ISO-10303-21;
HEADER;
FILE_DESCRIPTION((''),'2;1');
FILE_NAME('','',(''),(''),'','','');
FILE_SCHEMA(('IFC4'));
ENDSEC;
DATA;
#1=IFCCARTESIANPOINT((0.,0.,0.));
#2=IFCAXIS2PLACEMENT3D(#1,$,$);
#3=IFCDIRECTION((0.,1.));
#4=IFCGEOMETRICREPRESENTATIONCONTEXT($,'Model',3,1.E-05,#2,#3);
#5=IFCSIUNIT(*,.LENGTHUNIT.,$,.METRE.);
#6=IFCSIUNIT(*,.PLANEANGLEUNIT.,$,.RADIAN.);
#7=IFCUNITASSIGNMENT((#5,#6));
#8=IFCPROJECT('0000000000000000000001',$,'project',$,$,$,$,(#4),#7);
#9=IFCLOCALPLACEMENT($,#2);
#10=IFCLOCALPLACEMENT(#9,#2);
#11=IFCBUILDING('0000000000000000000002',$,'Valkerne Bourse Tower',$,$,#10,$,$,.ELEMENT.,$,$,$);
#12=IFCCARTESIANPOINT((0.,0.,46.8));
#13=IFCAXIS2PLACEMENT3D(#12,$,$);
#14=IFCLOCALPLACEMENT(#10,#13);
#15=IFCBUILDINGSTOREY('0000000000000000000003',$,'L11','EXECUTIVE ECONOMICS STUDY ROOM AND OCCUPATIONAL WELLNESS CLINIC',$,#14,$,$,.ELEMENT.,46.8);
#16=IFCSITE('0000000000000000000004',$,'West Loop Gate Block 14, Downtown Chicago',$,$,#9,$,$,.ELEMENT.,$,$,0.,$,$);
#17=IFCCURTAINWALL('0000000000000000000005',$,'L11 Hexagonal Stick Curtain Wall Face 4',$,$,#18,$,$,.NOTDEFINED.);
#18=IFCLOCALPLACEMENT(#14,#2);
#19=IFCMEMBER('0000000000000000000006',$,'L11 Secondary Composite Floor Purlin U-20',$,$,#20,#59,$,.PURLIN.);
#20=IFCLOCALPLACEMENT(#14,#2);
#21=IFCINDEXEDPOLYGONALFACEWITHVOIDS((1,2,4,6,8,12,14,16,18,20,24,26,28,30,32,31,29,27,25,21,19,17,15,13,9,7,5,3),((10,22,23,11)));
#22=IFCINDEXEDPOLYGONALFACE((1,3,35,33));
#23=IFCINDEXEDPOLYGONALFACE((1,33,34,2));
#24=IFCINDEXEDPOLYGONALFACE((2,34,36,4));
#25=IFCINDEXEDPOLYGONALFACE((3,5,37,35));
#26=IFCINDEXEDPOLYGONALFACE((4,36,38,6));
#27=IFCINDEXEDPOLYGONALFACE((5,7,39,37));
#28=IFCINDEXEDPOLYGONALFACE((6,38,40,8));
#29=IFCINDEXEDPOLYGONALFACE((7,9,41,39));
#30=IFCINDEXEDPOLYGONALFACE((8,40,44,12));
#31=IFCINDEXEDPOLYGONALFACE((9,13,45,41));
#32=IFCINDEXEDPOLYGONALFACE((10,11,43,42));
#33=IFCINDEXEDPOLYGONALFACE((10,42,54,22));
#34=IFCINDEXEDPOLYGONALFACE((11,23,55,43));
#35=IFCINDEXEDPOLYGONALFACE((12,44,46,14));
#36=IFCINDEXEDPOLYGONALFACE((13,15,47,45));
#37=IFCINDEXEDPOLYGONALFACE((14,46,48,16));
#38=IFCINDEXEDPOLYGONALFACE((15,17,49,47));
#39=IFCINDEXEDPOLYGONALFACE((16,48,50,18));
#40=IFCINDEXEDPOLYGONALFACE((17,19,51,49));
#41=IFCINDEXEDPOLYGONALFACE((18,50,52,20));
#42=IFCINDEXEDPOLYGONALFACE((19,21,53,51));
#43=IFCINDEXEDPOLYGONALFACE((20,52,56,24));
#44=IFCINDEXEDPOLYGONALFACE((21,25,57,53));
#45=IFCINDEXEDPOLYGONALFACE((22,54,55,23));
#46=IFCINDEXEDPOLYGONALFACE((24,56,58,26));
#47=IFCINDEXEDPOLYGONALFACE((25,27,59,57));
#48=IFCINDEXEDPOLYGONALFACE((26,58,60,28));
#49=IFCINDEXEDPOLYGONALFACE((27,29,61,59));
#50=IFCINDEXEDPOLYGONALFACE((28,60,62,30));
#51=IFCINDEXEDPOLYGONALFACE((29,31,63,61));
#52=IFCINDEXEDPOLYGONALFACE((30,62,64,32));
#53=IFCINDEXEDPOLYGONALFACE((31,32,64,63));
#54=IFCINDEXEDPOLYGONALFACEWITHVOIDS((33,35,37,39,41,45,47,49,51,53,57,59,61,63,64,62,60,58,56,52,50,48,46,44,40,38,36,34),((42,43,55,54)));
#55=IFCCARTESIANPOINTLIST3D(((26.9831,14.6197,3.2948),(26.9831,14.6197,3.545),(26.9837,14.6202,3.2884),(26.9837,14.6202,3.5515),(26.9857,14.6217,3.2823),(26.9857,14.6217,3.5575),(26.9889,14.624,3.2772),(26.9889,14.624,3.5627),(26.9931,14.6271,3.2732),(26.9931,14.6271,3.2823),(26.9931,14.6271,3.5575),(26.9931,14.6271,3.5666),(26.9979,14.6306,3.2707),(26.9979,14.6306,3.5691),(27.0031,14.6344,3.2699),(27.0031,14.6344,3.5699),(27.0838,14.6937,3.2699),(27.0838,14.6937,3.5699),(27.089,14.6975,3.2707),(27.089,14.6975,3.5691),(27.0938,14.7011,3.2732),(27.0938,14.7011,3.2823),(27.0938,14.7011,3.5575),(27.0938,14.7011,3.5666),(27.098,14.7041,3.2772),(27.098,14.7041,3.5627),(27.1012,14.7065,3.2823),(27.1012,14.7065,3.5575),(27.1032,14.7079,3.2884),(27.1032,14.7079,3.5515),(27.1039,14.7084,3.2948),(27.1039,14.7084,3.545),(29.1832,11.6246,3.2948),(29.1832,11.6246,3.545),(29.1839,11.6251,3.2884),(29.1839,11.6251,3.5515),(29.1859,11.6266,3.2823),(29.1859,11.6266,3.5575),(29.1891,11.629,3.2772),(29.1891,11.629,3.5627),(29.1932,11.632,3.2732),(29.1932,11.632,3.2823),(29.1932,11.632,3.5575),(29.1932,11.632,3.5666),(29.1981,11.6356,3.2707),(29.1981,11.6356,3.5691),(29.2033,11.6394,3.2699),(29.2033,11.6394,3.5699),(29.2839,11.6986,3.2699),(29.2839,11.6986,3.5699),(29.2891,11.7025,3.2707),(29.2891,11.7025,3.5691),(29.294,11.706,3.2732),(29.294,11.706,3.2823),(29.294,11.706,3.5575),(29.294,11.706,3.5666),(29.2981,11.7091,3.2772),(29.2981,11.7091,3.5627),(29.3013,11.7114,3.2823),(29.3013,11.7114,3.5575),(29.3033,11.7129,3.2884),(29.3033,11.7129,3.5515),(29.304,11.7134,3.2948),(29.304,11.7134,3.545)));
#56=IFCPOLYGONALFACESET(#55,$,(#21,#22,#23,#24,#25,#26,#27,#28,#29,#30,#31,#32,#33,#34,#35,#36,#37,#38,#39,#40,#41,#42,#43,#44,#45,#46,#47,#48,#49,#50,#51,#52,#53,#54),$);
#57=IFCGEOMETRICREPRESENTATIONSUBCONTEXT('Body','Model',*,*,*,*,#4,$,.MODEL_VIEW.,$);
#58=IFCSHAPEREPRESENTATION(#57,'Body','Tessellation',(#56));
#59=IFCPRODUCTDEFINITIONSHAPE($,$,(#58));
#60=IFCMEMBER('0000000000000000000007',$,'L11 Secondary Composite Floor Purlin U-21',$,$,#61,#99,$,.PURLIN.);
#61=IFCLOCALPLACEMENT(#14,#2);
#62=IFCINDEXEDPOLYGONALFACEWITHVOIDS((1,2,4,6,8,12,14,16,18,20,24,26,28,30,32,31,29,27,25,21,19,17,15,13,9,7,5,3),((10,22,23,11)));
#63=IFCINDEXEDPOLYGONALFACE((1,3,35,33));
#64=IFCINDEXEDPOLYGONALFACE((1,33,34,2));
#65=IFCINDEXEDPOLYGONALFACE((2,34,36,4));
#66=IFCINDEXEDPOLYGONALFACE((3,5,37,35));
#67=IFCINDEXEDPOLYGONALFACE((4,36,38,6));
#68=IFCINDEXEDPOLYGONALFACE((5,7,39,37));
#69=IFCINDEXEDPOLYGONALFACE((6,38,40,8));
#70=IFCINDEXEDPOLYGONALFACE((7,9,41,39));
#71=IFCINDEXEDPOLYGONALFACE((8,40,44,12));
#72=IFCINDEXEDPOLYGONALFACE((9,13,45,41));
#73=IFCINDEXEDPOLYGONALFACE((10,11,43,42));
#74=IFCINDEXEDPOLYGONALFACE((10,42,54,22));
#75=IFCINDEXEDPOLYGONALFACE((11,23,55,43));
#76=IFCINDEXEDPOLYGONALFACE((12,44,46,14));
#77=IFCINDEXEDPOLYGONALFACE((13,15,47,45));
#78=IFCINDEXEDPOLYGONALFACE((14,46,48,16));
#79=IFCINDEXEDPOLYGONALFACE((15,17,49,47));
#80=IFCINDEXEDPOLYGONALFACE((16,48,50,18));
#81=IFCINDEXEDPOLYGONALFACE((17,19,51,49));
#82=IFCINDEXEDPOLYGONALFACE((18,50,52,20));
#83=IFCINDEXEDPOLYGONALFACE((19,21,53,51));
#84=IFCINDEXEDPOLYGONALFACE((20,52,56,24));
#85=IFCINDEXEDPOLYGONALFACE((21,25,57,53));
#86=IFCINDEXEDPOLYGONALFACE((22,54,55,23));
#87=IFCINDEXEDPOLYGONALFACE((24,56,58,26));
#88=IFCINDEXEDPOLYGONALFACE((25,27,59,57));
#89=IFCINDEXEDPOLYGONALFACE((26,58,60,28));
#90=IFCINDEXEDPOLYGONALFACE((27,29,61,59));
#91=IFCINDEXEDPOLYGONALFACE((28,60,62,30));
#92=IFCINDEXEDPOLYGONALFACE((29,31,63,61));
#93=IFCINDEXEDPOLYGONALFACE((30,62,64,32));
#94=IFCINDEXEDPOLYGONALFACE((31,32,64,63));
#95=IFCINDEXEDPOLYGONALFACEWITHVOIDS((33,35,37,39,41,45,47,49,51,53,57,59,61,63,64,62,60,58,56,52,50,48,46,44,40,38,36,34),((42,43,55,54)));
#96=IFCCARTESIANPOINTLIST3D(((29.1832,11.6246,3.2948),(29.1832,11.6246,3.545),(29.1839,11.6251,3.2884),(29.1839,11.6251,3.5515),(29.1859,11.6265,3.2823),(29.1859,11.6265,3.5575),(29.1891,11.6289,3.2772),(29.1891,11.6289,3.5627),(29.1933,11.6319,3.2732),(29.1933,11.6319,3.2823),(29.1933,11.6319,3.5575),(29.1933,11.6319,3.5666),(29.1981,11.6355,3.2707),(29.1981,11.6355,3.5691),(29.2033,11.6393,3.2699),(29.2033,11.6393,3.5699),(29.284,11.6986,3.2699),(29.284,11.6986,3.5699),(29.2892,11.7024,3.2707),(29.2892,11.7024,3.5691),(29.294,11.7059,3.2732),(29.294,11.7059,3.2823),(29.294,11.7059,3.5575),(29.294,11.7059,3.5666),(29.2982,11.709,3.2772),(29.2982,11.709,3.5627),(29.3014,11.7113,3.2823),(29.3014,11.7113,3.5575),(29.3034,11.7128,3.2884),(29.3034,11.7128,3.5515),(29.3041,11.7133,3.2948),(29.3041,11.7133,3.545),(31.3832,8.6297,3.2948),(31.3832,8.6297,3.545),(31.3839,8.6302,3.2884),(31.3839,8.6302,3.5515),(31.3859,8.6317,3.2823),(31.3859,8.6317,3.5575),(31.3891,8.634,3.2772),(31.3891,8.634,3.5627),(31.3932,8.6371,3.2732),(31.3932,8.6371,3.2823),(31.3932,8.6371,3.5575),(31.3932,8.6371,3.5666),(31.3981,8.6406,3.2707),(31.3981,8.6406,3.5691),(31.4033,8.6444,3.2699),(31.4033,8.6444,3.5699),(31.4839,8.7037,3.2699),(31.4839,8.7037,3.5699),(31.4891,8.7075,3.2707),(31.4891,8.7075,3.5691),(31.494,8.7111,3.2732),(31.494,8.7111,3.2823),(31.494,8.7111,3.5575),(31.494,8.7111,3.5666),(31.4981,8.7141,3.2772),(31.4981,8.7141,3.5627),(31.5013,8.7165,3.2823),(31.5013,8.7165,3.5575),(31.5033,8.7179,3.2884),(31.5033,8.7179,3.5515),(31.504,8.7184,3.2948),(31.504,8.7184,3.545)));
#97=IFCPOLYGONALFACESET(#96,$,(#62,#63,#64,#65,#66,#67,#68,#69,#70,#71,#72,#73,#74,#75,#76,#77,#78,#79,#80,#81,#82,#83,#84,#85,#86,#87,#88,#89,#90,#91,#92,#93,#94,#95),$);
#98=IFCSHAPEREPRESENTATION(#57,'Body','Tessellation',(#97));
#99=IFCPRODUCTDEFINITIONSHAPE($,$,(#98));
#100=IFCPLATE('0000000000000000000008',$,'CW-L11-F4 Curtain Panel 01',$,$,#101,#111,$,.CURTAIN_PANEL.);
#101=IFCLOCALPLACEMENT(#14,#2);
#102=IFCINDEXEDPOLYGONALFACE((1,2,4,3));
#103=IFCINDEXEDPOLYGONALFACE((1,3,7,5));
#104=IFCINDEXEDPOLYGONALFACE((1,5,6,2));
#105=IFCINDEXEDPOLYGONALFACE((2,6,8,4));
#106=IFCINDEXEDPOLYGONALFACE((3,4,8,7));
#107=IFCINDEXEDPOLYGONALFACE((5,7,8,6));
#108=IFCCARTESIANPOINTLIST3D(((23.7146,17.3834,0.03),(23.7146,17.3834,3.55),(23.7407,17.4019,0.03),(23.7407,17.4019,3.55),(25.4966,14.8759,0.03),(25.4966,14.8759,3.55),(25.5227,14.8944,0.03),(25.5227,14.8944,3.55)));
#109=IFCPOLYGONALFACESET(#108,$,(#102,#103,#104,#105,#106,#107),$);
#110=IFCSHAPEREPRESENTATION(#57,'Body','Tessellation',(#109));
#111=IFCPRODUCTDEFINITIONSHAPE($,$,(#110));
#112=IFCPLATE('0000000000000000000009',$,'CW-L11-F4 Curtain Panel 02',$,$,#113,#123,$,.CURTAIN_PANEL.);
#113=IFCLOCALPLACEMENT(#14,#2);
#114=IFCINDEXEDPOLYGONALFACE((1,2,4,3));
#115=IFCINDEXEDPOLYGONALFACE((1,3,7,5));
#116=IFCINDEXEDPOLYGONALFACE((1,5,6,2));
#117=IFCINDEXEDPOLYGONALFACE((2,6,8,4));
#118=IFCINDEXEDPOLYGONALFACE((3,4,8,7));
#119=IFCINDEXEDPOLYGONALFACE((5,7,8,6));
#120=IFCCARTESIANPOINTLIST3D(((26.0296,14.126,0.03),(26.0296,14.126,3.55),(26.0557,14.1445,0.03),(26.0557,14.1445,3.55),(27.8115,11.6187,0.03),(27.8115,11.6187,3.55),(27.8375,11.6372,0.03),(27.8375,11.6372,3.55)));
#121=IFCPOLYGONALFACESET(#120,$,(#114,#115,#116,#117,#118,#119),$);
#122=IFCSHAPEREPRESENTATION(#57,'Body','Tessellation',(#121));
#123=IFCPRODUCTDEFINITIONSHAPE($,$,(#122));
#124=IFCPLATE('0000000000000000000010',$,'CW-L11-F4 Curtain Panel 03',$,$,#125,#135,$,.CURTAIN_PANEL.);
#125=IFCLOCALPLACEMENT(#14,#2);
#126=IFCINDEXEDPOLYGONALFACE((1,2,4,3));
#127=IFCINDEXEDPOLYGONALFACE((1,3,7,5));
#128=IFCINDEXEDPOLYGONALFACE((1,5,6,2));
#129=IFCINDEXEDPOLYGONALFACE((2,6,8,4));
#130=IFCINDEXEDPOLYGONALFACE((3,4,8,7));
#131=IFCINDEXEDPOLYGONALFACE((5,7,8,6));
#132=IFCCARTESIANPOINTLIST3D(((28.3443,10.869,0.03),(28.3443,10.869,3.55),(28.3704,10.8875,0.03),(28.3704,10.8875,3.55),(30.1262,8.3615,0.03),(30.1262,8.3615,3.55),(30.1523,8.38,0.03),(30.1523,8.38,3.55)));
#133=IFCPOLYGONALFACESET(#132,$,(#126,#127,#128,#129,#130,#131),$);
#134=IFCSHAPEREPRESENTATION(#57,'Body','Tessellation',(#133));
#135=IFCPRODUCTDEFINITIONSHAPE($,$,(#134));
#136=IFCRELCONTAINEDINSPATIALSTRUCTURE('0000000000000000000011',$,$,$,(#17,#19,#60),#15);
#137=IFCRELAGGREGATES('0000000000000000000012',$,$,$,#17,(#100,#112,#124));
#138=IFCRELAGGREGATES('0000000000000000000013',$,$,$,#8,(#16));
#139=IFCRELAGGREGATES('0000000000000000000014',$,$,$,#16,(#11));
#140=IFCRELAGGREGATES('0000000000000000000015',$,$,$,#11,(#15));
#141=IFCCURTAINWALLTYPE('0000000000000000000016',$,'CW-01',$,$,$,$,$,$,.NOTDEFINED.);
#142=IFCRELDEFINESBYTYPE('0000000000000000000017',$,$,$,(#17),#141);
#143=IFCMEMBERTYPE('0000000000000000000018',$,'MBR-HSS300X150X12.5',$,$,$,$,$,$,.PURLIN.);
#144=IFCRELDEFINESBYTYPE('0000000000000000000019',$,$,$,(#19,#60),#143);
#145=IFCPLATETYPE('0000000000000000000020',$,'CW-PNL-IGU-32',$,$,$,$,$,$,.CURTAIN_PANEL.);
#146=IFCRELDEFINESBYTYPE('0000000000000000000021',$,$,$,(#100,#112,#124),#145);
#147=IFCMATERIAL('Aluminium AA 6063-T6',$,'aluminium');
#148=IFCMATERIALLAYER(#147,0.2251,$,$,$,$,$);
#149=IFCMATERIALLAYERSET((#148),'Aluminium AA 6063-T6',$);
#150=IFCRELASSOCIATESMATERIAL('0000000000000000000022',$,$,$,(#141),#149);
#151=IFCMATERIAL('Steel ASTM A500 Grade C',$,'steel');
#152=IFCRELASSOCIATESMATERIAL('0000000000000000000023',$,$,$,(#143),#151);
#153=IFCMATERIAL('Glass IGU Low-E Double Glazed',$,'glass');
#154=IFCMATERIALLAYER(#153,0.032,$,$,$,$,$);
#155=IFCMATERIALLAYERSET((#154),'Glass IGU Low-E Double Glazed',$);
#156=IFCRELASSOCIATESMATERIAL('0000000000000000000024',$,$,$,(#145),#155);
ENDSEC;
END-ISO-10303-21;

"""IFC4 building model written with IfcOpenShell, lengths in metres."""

from ifc_helpers import new_model, si_unit, direction, frame, origin, origin_2d, place, context, subcontext, project, spatial, rectangle, hollow_rectangle, extrude, material, layer, layer_set, material_profile, profile_set, type_object, element, aggregate, save


model = new_model("IFC4")

# Units and contexts
model_context = context("Model", 3, precision=1e-05, world=origin(), true_north=direction((0.0, 1.0)))
body_context = subcontext(model_context, "Body", "Model", "MODEL_VIEW")
ifc_project = project(units=[si_unit("LENGTHUNIT", "METRE"), si_unit("PLANEANGLEUNIT", "RADIAN")], contexts=[model_context])

# Site, building, storey
site_placement = place(None, origin())
site = spatial("IfcSite", under=ifc_project, at=site_placement, Name="West Loop Gate Block 14, Downtown Chicago", CompositionType="ELEMENT", RefElevation=0.0)
building_placement = place(site_placement, origin())
building = spatial("IfcBuilding", under=site, at=building_placement, Name="Valkerne Bourse Tower", CompositionType="ELEMENT")
storey_placement = place(building_placement, frame((0.0, 0.0, 46.8)))
storey = spatial("IfcBuildingStorey", under=building, at=storey_placement, Name="L11", Description="EXECUTIVE ECONOMICS STUDY ROOM AND OCCUPATIONAL WELLNESS CLINIC", CompositionType="ELEMENT", Elevation=46.8)

# Curtain wall
ifc_material_1 = material(Name="Aluminium AA 6063-T6", Category="aluminium")
ifc_layer_1 = layer(ifc_material_1, 0.2251)
ifc_layer_set_1 = layer_set([ifc_layer_1], Name="Aluminium AA 6063-T6")
curtain_wall_type = type_object("IfcCurtainWallType", Name="CW-01", PredefinedType="NOTDEFINED", material=ifc_layer_set_1)
curtain_wall_placement = place(storey_placement, origin())
curtain_wall = element("IfcCurtainWall", 1, at=curtain_wall_placement, inside=storey, type_object=curtain_wall_type, Name="L11 Hexagonal Stick Curtain Wall Face 4", PredefinedType="NOTDEFINED")

# Members
ifc_material_2 = material(Name="Steel ASTM A500 Grade C", Category="steel")
ifc_material_profile_1 = material_profile(ifc_material_2, hollow_rectangle(XDim=0.1499, YDim=0.3, WallThickness=0.0125, OuterFilletRadius=0.0249, at=origin_2d()), Name="HSS300X150X12.5")
ifc_profile_set_1 = profile_set([ifc_material_profile_1], Name="Steel ASTM A500 Grade C")
member_type_1 = type_object("IfcMemberType", Name="MBR-HSS300X150X12.5", PredefinedType="PURLIN", material=ifc_profile_set_1)
for number, where, z_axis, x_axis, name in (
    (2, (27.0435, 14.6641, 3.4199), (0.592024, -0.80592, 0.0), (0.80592, 0.592024, 0.0), "L11 Secondary Composite Floor Purlin U-20"),
):
    element("IfcMember", number, at=place(storey_placement, frame(where, z_axis=z_axis, x_axis=x_axis)), inside=storey, type_object=member_type_1, Name=name, PredefinedType="PURLIN", context=body_context, shape_type="SweptSolid", body=[
        extrude(hollow_rectangle(XDim=0.1499, YDim=0.3, WallThickness=0.0125, OuterFilletRadius=0.0249, at=origin_2d()), origin(), (0.0, 0.0, 1.0), 3.7163),
    ])
member_1_placement = place(storey_placement, frame((29.2437, 11.6689, 3.4199), z_axis=(0.592013, -0.805929, 0.0), x_axis=(0.805929, 0.592013, 0.0)))
element("IfcMember", 3, at=member_1_placement, inside=storey, type_object=member_type_1, Name="L11 Secondary Composite Floor Purlin U-21", PredefinedType="PURLIN", context=body_context, shape_type="SweptSolid", body=[
    extrude(hollow_rectangle(XDim=0.1499, YDim=0.3, WallThickness=0.0125, OuterFilletRadius=0.0249, at=origin_2d()), origin(), (0.0, 0.0, 1.0), 3.7161),
])

# Plates
ifc_material_3 = material(Name="Glass IGU Low-E Double Glazed", Category="glass")
ifc_layer_2 = layer(ifc_material_3, 0.032)
ifc_layer_set_2 = layer_set([ifc_layer_2], Name="Glass IGU Low-E Double Glazed")
plate_type = type_object("IfcPlateType", Name="CW-PNL-IGU-32", PredefinedType="CURTAIN_PANEL", material=ifc_layer_set_2)
plate_1_placement = place(storey_placement, frame((24.6187, 16.1389, 0.03), z_axis=(0.0, 0.0, 1.0), x_axis=(0.579274, -0.815133, 0.0)))
plate_1 = element("IfcPlate", 4, at=plate_1_placement, type_object=plate_type, Name="CW-L11-F4 Curtain Panel 01", PredefinedType="CURTAIN_PANEL", context=body_context, shape_type="SweptSolid", body=[
    extrude(rectangle(XDim=3.0762, YDim=0.032, at=origin_2d()), origin(), (0.0, 0.0, 1.0), 3.52),
])
plate_2_placement = place(storey_placement, frame((26.9336, 12.8816, 0.03), z_axis=(0.0, 0.0, 1.0), x_axis=(0.579286, -0.815124, 0.0)))
plate_2 = element("IfcPlate", 5, at=plate_2_placement, type_object=plate_type, Name="CW-L11-F4 Curtain Panel 02", PredefinedType="CURTAIN_PANEL", context=body_context, shape_type="SweptSolid", body=[
    extrude(rectangle(XDim=3.0759, YDim=0.032, at=origin_2d()), origin(), (0.0, 0.0, 1.0), 3.52),
])
plate_3_placement = place(storey_placement, frame((29.2483, 9.6245, 0.03), z_axis=(0.0, 0.0, 1.0), x_axis=(0.579274, -0.815133, 0.0)))
plate_3 = element("IfcPlate", 6, at=plate_3_placement, type_object=plate_type, Name="CW-L11-F4 Curtain Panel 03", PredefinedType="CURTAIN_PANEL", context=body_context, shape_type="SweptSolid", body=[
    extrude(rectangle(XDim=3.0762, YDim=0.032, at=origin_2d()), origin(), (0.0, 0.0, 1.0), 3.52),
])
aggregate(curtain_wall, [plate_1, plate_2, plate_3])

save(model, "model.ifc")
